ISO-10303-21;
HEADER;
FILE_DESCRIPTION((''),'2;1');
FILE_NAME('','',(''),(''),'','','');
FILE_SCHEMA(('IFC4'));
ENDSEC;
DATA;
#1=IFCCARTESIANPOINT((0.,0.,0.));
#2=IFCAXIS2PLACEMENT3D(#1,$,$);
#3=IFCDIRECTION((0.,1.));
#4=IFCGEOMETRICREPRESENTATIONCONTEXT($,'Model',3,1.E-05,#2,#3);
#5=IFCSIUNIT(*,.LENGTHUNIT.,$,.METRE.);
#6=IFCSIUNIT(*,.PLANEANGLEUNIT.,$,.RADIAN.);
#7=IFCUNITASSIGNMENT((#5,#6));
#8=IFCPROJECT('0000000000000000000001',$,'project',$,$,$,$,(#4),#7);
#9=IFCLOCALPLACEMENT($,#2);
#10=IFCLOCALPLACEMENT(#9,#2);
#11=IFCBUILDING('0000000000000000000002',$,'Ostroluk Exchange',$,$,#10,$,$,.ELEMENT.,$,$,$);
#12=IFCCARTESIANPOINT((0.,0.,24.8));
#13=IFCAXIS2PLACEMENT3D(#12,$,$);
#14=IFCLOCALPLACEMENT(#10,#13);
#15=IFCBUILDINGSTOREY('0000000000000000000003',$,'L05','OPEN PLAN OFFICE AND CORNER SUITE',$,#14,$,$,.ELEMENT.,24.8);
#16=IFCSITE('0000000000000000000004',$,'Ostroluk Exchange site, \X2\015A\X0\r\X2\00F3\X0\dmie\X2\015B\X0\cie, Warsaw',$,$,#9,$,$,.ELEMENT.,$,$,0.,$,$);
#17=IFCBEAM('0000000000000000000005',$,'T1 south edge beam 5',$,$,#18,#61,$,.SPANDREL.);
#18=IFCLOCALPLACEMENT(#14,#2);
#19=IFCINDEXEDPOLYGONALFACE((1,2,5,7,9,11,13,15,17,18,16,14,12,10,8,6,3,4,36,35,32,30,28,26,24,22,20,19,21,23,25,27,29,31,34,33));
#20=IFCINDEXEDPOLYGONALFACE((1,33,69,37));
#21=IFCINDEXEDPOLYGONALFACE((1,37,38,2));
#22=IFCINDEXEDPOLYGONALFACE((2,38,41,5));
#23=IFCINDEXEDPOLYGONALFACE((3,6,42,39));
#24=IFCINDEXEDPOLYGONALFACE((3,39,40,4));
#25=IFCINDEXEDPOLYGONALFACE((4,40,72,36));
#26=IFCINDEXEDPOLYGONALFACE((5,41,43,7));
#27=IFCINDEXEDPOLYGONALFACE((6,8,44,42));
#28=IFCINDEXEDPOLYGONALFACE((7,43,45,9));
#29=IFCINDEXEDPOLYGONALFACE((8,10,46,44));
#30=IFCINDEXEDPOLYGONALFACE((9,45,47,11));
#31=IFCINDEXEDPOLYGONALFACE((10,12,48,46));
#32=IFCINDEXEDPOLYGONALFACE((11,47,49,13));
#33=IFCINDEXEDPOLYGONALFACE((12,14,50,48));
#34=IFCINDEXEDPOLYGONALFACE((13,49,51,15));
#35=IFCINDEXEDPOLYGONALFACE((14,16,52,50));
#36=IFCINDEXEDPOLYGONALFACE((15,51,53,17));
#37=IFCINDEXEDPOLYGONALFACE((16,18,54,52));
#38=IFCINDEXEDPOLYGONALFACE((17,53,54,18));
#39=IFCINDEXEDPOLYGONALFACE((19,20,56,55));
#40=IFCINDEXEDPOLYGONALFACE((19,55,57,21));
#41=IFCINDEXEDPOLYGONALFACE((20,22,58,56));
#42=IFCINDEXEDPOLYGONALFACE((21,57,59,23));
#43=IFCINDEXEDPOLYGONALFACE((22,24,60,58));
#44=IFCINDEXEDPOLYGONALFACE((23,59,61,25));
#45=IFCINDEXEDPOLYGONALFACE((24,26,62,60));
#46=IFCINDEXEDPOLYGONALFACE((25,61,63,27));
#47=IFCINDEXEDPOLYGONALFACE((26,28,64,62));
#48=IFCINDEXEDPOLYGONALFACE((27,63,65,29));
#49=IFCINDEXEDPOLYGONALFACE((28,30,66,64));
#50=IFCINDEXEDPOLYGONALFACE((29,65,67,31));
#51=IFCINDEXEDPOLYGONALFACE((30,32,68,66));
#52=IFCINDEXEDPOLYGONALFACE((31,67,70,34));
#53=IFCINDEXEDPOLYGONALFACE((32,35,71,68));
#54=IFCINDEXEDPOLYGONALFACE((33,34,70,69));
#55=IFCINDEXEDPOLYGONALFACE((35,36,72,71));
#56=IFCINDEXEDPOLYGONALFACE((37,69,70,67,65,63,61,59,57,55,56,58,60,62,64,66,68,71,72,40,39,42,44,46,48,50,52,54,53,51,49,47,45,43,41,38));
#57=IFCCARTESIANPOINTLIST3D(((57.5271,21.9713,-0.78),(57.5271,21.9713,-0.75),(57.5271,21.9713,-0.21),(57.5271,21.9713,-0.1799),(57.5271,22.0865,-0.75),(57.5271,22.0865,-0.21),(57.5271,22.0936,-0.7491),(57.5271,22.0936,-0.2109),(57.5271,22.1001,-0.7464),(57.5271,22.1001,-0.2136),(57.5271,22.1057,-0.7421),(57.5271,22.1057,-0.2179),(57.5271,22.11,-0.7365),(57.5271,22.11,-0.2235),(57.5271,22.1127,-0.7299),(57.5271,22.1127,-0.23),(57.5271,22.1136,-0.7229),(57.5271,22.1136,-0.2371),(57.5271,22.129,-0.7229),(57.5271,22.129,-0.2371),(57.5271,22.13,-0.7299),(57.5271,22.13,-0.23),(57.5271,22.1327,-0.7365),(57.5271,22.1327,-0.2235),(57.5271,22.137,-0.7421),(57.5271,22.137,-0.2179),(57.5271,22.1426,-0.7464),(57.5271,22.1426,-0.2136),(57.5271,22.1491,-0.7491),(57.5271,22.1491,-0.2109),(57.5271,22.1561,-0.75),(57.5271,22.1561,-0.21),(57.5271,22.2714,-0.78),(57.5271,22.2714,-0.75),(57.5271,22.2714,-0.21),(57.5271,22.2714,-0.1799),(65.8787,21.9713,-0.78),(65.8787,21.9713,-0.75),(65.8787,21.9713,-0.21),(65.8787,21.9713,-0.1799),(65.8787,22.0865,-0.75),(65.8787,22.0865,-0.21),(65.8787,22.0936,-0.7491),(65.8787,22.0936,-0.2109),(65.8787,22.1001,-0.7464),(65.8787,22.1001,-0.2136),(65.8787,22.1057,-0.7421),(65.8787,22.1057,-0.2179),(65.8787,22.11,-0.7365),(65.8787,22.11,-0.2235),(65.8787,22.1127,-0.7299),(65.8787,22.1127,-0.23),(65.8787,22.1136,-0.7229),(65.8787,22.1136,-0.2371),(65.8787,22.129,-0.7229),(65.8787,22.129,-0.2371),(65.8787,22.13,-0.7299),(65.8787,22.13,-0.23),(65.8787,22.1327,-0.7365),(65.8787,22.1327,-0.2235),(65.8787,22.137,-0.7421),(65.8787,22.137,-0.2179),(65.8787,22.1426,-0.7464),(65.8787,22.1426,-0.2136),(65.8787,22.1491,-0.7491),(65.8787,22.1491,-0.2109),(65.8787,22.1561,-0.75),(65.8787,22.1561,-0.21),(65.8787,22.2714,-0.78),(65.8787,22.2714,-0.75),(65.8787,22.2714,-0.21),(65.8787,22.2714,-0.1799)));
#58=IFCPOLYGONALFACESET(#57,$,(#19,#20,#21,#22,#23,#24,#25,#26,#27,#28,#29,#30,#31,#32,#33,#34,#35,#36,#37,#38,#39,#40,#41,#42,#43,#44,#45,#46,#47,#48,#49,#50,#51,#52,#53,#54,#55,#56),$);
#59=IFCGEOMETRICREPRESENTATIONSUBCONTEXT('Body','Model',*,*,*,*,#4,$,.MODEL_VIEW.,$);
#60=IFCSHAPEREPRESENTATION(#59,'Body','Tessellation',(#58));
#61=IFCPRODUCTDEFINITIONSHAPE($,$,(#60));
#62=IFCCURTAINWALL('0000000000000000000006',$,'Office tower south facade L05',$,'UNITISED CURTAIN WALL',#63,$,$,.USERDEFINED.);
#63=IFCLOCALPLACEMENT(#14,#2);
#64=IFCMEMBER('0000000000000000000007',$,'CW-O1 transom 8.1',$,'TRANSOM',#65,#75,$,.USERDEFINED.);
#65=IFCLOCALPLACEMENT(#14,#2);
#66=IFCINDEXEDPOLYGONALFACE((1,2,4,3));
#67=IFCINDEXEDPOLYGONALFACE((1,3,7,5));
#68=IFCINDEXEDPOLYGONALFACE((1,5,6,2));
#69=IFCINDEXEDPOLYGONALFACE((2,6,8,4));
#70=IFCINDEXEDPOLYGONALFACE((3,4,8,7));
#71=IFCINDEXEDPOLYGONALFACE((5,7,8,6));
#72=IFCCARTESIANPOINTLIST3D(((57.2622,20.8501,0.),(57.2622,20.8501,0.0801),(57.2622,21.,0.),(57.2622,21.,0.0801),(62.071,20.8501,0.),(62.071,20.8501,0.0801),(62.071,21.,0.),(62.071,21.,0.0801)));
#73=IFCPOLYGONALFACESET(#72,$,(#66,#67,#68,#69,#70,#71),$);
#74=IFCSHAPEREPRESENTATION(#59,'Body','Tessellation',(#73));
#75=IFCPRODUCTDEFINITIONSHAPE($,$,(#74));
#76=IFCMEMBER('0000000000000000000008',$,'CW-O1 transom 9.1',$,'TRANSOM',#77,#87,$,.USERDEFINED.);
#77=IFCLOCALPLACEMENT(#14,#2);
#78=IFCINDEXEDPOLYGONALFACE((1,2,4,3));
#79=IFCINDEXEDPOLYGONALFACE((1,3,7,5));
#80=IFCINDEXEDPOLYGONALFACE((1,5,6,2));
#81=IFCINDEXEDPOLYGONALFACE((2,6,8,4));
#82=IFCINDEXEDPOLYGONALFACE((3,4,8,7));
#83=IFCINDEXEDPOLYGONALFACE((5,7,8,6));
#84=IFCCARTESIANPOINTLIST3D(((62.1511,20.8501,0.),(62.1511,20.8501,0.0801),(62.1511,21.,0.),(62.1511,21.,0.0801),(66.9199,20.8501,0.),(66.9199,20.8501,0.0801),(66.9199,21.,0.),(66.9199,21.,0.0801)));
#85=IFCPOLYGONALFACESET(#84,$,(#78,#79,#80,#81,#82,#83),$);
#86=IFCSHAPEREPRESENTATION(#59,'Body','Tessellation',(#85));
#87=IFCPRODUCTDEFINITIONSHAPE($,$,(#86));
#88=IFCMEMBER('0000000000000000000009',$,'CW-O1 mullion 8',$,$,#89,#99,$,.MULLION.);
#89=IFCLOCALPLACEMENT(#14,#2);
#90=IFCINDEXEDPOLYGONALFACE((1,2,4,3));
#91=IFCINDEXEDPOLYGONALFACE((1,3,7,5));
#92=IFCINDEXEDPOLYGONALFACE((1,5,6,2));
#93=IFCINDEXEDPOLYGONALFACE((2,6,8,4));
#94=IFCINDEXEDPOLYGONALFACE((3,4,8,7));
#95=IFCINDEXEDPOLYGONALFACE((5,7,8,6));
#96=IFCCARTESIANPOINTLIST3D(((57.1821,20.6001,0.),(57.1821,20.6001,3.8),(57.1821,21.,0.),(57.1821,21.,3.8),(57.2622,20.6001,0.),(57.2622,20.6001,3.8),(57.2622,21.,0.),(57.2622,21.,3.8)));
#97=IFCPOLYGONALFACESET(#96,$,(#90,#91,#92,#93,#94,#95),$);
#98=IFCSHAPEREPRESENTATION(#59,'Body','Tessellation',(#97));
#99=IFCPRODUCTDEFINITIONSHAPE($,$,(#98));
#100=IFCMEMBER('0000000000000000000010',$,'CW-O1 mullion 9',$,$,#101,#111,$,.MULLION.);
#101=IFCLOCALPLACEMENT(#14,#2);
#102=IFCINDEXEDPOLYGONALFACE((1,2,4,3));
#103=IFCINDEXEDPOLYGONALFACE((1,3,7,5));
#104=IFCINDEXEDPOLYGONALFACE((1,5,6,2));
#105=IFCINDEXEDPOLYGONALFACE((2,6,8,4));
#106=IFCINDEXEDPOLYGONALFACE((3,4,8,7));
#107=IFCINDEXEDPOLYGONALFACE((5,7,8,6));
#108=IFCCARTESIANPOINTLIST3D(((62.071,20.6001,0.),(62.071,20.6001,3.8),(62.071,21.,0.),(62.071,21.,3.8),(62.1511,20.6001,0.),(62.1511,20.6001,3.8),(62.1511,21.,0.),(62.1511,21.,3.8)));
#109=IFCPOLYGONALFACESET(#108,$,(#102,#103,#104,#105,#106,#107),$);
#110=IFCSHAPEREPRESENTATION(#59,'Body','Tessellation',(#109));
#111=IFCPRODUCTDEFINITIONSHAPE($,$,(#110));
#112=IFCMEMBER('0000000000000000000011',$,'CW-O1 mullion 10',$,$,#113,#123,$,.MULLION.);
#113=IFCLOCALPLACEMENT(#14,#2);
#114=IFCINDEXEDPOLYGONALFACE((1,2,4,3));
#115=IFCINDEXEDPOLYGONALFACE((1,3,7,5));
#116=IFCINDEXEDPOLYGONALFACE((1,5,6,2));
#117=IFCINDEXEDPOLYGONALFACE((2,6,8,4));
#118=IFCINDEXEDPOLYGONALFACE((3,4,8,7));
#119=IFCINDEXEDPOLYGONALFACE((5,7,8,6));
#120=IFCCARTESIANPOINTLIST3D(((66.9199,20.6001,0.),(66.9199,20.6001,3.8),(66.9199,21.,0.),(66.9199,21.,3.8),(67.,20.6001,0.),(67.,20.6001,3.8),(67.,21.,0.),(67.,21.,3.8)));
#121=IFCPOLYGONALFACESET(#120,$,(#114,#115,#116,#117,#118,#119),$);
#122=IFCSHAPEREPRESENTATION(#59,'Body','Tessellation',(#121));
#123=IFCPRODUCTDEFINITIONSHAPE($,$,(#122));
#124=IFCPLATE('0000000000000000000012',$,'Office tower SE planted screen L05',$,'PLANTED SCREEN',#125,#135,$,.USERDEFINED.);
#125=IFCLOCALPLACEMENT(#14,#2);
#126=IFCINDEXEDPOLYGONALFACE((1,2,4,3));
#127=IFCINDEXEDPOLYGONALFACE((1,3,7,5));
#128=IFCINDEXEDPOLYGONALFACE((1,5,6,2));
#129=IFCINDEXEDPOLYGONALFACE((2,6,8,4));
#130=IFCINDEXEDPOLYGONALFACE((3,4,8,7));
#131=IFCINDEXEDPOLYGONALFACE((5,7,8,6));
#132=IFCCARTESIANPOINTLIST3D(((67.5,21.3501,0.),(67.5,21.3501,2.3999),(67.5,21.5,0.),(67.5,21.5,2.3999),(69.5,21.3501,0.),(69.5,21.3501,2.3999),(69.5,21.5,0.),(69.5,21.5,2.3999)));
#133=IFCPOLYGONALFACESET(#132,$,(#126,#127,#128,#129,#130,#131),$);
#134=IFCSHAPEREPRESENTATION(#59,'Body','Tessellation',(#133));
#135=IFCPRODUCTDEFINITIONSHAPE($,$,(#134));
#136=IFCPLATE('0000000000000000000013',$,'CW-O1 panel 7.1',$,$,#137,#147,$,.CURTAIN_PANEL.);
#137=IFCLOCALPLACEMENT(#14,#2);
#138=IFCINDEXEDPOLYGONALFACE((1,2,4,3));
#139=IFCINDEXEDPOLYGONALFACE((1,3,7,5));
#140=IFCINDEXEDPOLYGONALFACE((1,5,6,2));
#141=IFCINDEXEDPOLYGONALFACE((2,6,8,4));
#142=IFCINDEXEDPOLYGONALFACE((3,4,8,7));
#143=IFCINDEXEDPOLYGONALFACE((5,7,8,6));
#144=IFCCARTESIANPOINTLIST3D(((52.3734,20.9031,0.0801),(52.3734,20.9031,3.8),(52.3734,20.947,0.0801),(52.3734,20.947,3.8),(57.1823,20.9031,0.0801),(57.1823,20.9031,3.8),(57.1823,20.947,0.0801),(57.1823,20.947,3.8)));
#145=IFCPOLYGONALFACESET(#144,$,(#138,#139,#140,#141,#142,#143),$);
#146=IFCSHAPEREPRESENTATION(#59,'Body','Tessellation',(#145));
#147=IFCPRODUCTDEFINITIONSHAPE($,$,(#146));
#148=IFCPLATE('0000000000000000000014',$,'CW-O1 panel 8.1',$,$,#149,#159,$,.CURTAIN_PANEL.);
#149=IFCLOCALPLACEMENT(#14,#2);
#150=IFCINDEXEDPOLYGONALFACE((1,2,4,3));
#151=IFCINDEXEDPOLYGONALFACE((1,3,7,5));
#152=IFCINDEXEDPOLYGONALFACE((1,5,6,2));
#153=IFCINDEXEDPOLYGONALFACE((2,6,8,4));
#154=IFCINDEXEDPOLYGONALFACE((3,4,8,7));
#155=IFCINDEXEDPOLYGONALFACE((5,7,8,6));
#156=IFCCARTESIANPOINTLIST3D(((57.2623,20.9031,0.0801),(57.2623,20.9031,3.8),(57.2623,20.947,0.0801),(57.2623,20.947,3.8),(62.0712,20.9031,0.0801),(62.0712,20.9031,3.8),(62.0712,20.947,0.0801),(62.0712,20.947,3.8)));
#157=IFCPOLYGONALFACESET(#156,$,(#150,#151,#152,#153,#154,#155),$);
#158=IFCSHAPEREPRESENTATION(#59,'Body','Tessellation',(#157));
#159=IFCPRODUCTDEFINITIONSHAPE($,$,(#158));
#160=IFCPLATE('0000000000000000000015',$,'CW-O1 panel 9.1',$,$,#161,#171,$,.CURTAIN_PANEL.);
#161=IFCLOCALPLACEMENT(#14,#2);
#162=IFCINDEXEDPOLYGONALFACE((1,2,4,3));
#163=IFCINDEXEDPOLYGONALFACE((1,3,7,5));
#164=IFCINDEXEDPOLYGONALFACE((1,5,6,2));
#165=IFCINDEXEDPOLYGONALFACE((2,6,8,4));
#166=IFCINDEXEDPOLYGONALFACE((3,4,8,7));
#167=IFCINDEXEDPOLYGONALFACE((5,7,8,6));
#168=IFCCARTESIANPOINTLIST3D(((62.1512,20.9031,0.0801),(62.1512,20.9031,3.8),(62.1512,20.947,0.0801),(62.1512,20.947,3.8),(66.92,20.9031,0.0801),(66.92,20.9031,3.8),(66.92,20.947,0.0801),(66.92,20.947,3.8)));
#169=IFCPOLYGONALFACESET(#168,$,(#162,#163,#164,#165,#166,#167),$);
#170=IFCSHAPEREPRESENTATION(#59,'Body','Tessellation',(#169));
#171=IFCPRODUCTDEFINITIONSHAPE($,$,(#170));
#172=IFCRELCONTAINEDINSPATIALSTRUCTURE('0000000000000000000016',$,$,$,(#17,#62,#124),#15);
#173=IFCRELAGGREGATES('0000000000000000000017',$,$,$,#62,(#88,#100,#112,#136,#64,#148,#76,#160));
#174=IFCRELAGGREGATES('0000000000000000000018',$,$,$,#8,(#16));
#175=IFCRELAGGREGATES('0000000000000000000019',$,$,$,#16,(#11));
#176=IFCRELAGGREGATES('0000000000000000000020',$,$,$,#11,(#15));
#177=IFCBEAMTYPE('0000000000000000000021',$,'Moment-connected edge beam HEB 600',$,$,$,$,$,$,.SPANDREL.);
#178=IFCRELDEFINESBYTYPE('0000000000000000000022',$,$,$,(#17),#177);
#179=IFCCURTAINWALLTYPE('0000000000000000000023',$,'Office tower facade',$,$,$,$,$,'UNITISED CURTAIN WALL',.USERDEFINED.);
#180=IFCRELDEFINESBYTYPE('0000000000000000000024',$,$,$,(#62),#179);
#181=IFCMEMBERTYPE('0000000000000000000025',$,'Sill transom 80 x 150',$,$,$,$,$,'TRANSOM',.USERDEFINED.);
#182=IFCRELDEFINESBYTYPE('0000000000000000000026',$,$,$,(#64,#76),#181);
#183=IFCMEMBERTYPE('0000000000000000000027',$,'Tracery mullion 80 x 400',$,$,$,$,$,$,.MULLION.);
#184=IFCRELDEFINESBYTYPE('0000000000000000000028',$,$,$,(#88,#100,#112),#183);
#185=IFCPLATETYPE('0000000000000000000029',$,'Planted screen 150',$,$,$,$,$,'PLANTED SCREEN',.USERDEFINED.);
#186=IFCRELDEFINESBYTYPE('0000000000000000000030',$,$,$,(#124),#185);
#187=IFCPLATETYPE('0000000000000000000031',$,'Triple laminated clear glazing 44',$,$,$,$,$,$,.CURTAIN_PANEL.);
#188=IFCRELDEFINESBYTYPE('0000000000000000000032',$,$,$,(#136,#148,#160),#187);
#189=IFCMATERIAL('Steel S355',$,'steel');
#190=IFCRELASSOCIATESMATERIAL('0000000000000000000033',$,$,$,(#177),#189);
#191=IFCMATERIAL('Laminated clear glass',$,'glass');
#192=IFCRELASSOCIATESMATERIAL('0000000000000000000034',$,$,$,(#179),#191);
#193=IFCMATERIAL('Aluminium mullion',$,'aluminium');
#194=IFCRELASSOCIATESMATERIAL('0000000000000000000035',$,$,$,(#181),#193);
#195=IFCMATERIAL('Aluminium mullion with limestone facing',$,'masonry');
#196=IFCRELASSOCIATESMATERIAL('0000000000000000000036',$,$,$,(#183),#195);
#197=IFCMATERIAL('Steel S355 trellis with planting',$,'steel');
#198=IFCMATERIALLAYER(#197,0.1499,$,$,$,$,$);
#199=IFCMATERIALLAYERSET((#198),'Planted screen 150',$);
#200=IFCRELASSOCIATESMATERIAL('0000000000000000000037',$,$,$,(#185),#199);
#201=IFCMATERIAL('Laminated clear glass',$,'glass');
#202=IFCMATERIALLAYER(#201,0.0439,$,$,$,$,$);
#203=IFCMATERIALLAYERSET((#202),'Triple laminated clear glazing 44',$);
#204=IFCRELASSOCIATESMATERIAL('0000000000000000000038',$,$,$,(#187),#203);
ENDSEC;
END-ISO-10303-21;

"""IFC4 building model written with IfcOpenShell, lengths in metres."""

from ifc_helpers import new_model, si_unit, direction, frame, origin, origin_2d, place, context, subcontext, project, spatial, rectangle, i_section, extrude, material, layer, layer_set, material_profile, profile_set, type_object, element, aggregate, save


model = new_model("IFC4")

# Units and contexts
model_context = context("Model", 3, precision=1e-05, world=origin(), true_north=direction((0.0, 1.0)))
body_context = subcontext(model_context, "Body", "Model", "MODEL_VIEW")
ifc_project = project(units=[si_unit("LENGTHUNIT", "METRE"), si_unit("PLANEANGLEUNIT", "RADIAN")], contexts=[model_context])

# Site, building, storey
site_placement = place(None, origin())
site = spatial("IfcSite", under=ifc_project, at=site_placement, Name="Ostroluk Exchange site, Śródmieście, Warsaw", CompositionType="ELEMENT", RefElevation=0.0)
building_placement = place(site_placement, origin())
building = spatial("IfcBuilding", under=site, at=building_placement, Name="Ostroluk Exchange", CompositionType="ELEMENT")
storey_placement = place(building_placement, frame((0.0, 0.0, 24.8)))
storey = spatial("IfcBuildingStorey", under=building, at=storey_placement, Name="L05", Description="OPEN PLAN OFFICE AND CORNER SUITE", CompositionType="ELEMENT", Elevation=24.8)

# Beam
ifc_material_1 = material(Name="Steel S355", Category="steel")
ifc_material_profile_1 = material_profile(ifc_material_1, i_section(OverallWidth=0.3, OverallDepth=0.6001, WebThickness=0.0154, FlangeThickness=0.03, FilletRadius=0.0271, at=origin_2d()), Name="HEB 600")
ifc_profile_set_1 = profile_set([ifc_material_profile_1], Name="Steel S355")
beam_type_1 = type_object("IfcBeamType", Name="Moment-connected edge beam HEB 600", PredefinedType="SPANDREL", material=ifc_profile_set_1)
for number, where, z_axis, x_axis, name in (
    (1, (57.5271, 22.1213, -0.48), (1.0, 0.0, 0.0), (0.0, 1.0, 0.0), "T1 south edge beam 5"),
):
    element("IfcBeam", number, at=place(storey_placement, frame(where, z_axis=z_axis, x_axis=x_axis)), inside=storey, type_object=beam_type_1, Name=name, PredefinedType="SPANDREL", context=body_context, shape_type="SweptSolid", body=[
        extrude(i_section(OverallWidth=0.3, OverallDepth=0.6001, WebThickness=0.0154, FlangeThickness=0.03, FilletRadius=0.0271, at=origin_2d()), origin(), (0.0, 0.0, 1.0), 8.3516),
    ])

# Curtain wall, members
ifc_material_2 = material(Name="Laminated clear glass", Category="glass")
curtain_wall_type = type_object("IfcCurtainWallType", Name="Office tower facade", ElementType="UNITISED CURTAIN WALL", PredefinedType="USERDEFINED", material=ifc_material_2)
curtain_wall_placement = place(storey_placement, origin())
curtain_wall = element("IfcCurtainWall", 2, at=curtain_wall_placement, inside=storey, type_object=curtain_wall_type, Name="Office tower south facade L05", ObjectType="UNITISED CURTAIN WALL", PredefinedType="USERDEFINED")
ifc_material_3 = material(Name="Aluminium mullion", Category="aluminium")
ifc_material_profile_2 = material_profile(ifc_material_3, rectangle(XDim=0.1499, YDim=0.0801, at=origin_2d()), Name="Sill transom 80 x 150")
ifc_profile_set_2 = profile_set([ifc_material_profile_2], Name="Aluminium mullion")
member_type_1 = type_object("IfcMemberType", Name="Sill transom 80 x 150", ElementType="TRANSOM", PredefinedType="USERDEFINED", material=ifc_profile_set_2)
member_1_placement = place(storey_placement, frame((57.2622, 20.925, 0.04), z_axis=(1.0, 0.0, 0.0), x_axis=(0.0, 1.0, 0.0)))
member_1 = element("IfcMember", 3, at=member_1_placement, type_object=member_type_1, Name="CW-O1 transom 8.1", ObjectType="TRANSOM", PredefinedType="USERDEFINED", context=body_context, shape_type="SweptSolid", body=[
    extrude(rectangle(XDim=0.1499, YDim=0.0801, at=origin_2d()), origin(), (0.0, 0.0, 1.0), 4.8088),
])
member_2_placement = place(storey_placement, frame((62.1511, 20.925, 0.04), z_axis=(1.0, 0.0, 0.0), x_axis=(0.0, 1.0, 0.0)))
member_2 = element("IfcMember", 4, at=member_2_placement, type_object=member_type_1, Name="CW-O1 transom 9.1", ObjectType="TRANSOM", PredefinedType="USERDEFINED", context=body_context, shape_type="SweptSolid", body=[
    extrude(rectangle(XDim=0.1499, YDim=0.0801, at=origin_2d()), origin(), (0.0, 0.0, 1.0), 4.7688),
])
ifc_material_4 = material(Name="Aluminium mullion with limestone facing", Category="masonry")
ifc_material_profile_3 = material_profile(ifc_material_4, rectangle(XDim=0.3999, YDim=0.0801, at=origin_2d()), Name="Tracery mullion 80 x 400")
ifc_profile_set_3 = profile_set([ifc_material_profile_3], Name="Aluminium mullion with limestone facing")
member_type_2 = type_object("IfcMemberType", Name="Tracery mullion 80 x 400", PredefinedType="MULLION", material=ifc_profile_set_3)
member_3_placement = place(storey_placement, frame((57.2222, 20.8, 0.0), z_axis=(0.0, 0.0, 1.0), x_axis=(0.0, 1.0, 0.0)))
member_3 = element("IfcMember", 5, at=member_3_placement, type_object=member_type_2, Name="CW-O1 mullion 8", PredefinedType="MULLION", context=body_context, shape_type="SweptSolid", body=[
    extrude(rectangle(XDim=0.3999, YDim=0.0801, at=origin_2d()), origin(), (0.0, 0.0, 1.0), 3.8),
])
member_4_placement = place(storey_placement, frame((62.1111, 20.8, 0.0), z_axis=(0.0, 0.0, 1.0), x_axis=(0.0, 1.0, 0.0)))
member_4 = element("IfcMember", 6, at=member_4_placement, type_object=member_type_2, Name="CW-O1 mullion 9", PredefinedType="MULLION", context=body_context, shape_type="SweptSolid", body=[
    extrude(rectangle(XDim=0.3999, YDim=0.0801, at=origin_2d()), origin(), (0.0, 0.0, 1.0), 3.8),
])
member_5_placement = place(storey_placement, frame((66.96, 20.8, 0.0), z_axis=(0.0, 0.0, 1.0), x_axis=(0.0, 1.0, 0.0)))
member_5 = element("IfcMember", 7, at=member_5_placement, type_object=member_type_2, Name="CW-O1 mullion 10", PredefinedType="MULLION", context=body_context, shape_type="SweptSolid", body=[
    extrude(rectangle(XDim=0.3999, YDim=0.0801, at=origin_2d()), origin(), (0.0, 0.0, 1.0), 3.8),
])

# Plates
ifc_material_5 = material(Name="Steel S355 trellis with planting", Category="steel")
ifc_layer_1 = layer(ifc_material_5, 0.1499)
ifc_layer_set_1 = layer_set([ifc_layer_1], Name="Planted screen 150")
plate_type_1 = type_object("IfcPlateType", Name="Planted screen 150", ElementType="PLANTED SCREEN", PredefinedType="USERDEFINED", material=ifc_layer_set_1)
plate_1_placement = place(storey_placement, frame((68.5, 21.425, 0.0), z_axis=(0.0, 0.0, 1.0), x_axis=(1.0, 0.0, 0.0)))
element("IfcPlate", 8, at=plate_1_placement, inside=storey, type_object=plate_type_1, Name="Office tower SE planted screen L05", ObjectType="PLANTED SCREEN", PredefinedType="USERDEFINED", context=body_context, shape_type="SweptSolid", body=[
    extrude(rectangle(XDim=2.0, YDim=0.1499, at=origin_2d()), origin(), (0.0, 0.0, 1.0), 2.3999),
])
ifc_material_6 = material(Name="Laminated clear glass", Category="glass")
ifc_layer_2 = layer(ifc_material_6, 0.0439)
ifc_layer_set_2 = layer_set([ifc_layer_2], Name="Triple laminated clear glazing 44")
plate_type_2 = type_object("IfcPlateType", Name="Triple laminated clear glazing 44", PredefinedType="CURTAIN_PANEL", material=ifc_layer_set_2)
plate_2_placement = place(storey_placement, frame((54.7778, 20.925, 0.0801), z_axis=(0.0, 0.0, 1.0), x_axis=(1.0, 0.0, 0.0)))
plate_2 = element("IfcPlate", 9, at=plate_2_placement, type_object=plate_type_2, Name="CW-O1 panel 7.1", PredefinedType="CURTAIN_PANEL", context=body_context, shape_type="SweptSolid", body=[
    extrude(rectangle(XDim=4.8088, YDim=0.0439, at=origin_2d()), origin(), (0.0, 0.0, 1.0), 3.72),
])
plate_3_placement = place(storey_placement, frame((59.6667, 20.925, 0.0801), z_axis=(0.0, 0.0, 1.0), x_axis=(1.0, 0.0, 0.0)))
plate_3 = element("IfcPlate", 10, at=plate_3_placement, type_object=plate_type_2, Name="CW-O1 panel 8.1", PredefinedType="CURTAIN_PANEL", context=body_context, shape_type="SweptSolid", body=[
    extrude(rectangle(XDim=4.8088, YDim=0.0439, at=origin_2d()), origin(), (0.0, 0.0, 1.0), 3.72),
])
plate_4_placement = place(storey_placement, frame((64.5356, 20.925, 0.0801), z_axis=(0.0, 0.0, 1.0), x_axis=(1.0, 0.0, 0.0)))
plate_4 = element("IfcPlate", 11, at=plate_4_placement, type_object=plate_type_2, Name="CW-O1 panel 9.1", PredefinedType="CURTAIN_PANEL", context=body_context, shape_type="SweptSolid", body=[
    extrude(rectangle(XDim=4.7688, YDim=0.0439, at=origin_2d()), origin(), (0.0, 0.0, 1.0), 3.72),
])
aggregate(curtain_wall, [member_3, member_4, member_5, plate_2, member_1, plate_3, member_2, plate_4])

save(model, "model.ifc")
